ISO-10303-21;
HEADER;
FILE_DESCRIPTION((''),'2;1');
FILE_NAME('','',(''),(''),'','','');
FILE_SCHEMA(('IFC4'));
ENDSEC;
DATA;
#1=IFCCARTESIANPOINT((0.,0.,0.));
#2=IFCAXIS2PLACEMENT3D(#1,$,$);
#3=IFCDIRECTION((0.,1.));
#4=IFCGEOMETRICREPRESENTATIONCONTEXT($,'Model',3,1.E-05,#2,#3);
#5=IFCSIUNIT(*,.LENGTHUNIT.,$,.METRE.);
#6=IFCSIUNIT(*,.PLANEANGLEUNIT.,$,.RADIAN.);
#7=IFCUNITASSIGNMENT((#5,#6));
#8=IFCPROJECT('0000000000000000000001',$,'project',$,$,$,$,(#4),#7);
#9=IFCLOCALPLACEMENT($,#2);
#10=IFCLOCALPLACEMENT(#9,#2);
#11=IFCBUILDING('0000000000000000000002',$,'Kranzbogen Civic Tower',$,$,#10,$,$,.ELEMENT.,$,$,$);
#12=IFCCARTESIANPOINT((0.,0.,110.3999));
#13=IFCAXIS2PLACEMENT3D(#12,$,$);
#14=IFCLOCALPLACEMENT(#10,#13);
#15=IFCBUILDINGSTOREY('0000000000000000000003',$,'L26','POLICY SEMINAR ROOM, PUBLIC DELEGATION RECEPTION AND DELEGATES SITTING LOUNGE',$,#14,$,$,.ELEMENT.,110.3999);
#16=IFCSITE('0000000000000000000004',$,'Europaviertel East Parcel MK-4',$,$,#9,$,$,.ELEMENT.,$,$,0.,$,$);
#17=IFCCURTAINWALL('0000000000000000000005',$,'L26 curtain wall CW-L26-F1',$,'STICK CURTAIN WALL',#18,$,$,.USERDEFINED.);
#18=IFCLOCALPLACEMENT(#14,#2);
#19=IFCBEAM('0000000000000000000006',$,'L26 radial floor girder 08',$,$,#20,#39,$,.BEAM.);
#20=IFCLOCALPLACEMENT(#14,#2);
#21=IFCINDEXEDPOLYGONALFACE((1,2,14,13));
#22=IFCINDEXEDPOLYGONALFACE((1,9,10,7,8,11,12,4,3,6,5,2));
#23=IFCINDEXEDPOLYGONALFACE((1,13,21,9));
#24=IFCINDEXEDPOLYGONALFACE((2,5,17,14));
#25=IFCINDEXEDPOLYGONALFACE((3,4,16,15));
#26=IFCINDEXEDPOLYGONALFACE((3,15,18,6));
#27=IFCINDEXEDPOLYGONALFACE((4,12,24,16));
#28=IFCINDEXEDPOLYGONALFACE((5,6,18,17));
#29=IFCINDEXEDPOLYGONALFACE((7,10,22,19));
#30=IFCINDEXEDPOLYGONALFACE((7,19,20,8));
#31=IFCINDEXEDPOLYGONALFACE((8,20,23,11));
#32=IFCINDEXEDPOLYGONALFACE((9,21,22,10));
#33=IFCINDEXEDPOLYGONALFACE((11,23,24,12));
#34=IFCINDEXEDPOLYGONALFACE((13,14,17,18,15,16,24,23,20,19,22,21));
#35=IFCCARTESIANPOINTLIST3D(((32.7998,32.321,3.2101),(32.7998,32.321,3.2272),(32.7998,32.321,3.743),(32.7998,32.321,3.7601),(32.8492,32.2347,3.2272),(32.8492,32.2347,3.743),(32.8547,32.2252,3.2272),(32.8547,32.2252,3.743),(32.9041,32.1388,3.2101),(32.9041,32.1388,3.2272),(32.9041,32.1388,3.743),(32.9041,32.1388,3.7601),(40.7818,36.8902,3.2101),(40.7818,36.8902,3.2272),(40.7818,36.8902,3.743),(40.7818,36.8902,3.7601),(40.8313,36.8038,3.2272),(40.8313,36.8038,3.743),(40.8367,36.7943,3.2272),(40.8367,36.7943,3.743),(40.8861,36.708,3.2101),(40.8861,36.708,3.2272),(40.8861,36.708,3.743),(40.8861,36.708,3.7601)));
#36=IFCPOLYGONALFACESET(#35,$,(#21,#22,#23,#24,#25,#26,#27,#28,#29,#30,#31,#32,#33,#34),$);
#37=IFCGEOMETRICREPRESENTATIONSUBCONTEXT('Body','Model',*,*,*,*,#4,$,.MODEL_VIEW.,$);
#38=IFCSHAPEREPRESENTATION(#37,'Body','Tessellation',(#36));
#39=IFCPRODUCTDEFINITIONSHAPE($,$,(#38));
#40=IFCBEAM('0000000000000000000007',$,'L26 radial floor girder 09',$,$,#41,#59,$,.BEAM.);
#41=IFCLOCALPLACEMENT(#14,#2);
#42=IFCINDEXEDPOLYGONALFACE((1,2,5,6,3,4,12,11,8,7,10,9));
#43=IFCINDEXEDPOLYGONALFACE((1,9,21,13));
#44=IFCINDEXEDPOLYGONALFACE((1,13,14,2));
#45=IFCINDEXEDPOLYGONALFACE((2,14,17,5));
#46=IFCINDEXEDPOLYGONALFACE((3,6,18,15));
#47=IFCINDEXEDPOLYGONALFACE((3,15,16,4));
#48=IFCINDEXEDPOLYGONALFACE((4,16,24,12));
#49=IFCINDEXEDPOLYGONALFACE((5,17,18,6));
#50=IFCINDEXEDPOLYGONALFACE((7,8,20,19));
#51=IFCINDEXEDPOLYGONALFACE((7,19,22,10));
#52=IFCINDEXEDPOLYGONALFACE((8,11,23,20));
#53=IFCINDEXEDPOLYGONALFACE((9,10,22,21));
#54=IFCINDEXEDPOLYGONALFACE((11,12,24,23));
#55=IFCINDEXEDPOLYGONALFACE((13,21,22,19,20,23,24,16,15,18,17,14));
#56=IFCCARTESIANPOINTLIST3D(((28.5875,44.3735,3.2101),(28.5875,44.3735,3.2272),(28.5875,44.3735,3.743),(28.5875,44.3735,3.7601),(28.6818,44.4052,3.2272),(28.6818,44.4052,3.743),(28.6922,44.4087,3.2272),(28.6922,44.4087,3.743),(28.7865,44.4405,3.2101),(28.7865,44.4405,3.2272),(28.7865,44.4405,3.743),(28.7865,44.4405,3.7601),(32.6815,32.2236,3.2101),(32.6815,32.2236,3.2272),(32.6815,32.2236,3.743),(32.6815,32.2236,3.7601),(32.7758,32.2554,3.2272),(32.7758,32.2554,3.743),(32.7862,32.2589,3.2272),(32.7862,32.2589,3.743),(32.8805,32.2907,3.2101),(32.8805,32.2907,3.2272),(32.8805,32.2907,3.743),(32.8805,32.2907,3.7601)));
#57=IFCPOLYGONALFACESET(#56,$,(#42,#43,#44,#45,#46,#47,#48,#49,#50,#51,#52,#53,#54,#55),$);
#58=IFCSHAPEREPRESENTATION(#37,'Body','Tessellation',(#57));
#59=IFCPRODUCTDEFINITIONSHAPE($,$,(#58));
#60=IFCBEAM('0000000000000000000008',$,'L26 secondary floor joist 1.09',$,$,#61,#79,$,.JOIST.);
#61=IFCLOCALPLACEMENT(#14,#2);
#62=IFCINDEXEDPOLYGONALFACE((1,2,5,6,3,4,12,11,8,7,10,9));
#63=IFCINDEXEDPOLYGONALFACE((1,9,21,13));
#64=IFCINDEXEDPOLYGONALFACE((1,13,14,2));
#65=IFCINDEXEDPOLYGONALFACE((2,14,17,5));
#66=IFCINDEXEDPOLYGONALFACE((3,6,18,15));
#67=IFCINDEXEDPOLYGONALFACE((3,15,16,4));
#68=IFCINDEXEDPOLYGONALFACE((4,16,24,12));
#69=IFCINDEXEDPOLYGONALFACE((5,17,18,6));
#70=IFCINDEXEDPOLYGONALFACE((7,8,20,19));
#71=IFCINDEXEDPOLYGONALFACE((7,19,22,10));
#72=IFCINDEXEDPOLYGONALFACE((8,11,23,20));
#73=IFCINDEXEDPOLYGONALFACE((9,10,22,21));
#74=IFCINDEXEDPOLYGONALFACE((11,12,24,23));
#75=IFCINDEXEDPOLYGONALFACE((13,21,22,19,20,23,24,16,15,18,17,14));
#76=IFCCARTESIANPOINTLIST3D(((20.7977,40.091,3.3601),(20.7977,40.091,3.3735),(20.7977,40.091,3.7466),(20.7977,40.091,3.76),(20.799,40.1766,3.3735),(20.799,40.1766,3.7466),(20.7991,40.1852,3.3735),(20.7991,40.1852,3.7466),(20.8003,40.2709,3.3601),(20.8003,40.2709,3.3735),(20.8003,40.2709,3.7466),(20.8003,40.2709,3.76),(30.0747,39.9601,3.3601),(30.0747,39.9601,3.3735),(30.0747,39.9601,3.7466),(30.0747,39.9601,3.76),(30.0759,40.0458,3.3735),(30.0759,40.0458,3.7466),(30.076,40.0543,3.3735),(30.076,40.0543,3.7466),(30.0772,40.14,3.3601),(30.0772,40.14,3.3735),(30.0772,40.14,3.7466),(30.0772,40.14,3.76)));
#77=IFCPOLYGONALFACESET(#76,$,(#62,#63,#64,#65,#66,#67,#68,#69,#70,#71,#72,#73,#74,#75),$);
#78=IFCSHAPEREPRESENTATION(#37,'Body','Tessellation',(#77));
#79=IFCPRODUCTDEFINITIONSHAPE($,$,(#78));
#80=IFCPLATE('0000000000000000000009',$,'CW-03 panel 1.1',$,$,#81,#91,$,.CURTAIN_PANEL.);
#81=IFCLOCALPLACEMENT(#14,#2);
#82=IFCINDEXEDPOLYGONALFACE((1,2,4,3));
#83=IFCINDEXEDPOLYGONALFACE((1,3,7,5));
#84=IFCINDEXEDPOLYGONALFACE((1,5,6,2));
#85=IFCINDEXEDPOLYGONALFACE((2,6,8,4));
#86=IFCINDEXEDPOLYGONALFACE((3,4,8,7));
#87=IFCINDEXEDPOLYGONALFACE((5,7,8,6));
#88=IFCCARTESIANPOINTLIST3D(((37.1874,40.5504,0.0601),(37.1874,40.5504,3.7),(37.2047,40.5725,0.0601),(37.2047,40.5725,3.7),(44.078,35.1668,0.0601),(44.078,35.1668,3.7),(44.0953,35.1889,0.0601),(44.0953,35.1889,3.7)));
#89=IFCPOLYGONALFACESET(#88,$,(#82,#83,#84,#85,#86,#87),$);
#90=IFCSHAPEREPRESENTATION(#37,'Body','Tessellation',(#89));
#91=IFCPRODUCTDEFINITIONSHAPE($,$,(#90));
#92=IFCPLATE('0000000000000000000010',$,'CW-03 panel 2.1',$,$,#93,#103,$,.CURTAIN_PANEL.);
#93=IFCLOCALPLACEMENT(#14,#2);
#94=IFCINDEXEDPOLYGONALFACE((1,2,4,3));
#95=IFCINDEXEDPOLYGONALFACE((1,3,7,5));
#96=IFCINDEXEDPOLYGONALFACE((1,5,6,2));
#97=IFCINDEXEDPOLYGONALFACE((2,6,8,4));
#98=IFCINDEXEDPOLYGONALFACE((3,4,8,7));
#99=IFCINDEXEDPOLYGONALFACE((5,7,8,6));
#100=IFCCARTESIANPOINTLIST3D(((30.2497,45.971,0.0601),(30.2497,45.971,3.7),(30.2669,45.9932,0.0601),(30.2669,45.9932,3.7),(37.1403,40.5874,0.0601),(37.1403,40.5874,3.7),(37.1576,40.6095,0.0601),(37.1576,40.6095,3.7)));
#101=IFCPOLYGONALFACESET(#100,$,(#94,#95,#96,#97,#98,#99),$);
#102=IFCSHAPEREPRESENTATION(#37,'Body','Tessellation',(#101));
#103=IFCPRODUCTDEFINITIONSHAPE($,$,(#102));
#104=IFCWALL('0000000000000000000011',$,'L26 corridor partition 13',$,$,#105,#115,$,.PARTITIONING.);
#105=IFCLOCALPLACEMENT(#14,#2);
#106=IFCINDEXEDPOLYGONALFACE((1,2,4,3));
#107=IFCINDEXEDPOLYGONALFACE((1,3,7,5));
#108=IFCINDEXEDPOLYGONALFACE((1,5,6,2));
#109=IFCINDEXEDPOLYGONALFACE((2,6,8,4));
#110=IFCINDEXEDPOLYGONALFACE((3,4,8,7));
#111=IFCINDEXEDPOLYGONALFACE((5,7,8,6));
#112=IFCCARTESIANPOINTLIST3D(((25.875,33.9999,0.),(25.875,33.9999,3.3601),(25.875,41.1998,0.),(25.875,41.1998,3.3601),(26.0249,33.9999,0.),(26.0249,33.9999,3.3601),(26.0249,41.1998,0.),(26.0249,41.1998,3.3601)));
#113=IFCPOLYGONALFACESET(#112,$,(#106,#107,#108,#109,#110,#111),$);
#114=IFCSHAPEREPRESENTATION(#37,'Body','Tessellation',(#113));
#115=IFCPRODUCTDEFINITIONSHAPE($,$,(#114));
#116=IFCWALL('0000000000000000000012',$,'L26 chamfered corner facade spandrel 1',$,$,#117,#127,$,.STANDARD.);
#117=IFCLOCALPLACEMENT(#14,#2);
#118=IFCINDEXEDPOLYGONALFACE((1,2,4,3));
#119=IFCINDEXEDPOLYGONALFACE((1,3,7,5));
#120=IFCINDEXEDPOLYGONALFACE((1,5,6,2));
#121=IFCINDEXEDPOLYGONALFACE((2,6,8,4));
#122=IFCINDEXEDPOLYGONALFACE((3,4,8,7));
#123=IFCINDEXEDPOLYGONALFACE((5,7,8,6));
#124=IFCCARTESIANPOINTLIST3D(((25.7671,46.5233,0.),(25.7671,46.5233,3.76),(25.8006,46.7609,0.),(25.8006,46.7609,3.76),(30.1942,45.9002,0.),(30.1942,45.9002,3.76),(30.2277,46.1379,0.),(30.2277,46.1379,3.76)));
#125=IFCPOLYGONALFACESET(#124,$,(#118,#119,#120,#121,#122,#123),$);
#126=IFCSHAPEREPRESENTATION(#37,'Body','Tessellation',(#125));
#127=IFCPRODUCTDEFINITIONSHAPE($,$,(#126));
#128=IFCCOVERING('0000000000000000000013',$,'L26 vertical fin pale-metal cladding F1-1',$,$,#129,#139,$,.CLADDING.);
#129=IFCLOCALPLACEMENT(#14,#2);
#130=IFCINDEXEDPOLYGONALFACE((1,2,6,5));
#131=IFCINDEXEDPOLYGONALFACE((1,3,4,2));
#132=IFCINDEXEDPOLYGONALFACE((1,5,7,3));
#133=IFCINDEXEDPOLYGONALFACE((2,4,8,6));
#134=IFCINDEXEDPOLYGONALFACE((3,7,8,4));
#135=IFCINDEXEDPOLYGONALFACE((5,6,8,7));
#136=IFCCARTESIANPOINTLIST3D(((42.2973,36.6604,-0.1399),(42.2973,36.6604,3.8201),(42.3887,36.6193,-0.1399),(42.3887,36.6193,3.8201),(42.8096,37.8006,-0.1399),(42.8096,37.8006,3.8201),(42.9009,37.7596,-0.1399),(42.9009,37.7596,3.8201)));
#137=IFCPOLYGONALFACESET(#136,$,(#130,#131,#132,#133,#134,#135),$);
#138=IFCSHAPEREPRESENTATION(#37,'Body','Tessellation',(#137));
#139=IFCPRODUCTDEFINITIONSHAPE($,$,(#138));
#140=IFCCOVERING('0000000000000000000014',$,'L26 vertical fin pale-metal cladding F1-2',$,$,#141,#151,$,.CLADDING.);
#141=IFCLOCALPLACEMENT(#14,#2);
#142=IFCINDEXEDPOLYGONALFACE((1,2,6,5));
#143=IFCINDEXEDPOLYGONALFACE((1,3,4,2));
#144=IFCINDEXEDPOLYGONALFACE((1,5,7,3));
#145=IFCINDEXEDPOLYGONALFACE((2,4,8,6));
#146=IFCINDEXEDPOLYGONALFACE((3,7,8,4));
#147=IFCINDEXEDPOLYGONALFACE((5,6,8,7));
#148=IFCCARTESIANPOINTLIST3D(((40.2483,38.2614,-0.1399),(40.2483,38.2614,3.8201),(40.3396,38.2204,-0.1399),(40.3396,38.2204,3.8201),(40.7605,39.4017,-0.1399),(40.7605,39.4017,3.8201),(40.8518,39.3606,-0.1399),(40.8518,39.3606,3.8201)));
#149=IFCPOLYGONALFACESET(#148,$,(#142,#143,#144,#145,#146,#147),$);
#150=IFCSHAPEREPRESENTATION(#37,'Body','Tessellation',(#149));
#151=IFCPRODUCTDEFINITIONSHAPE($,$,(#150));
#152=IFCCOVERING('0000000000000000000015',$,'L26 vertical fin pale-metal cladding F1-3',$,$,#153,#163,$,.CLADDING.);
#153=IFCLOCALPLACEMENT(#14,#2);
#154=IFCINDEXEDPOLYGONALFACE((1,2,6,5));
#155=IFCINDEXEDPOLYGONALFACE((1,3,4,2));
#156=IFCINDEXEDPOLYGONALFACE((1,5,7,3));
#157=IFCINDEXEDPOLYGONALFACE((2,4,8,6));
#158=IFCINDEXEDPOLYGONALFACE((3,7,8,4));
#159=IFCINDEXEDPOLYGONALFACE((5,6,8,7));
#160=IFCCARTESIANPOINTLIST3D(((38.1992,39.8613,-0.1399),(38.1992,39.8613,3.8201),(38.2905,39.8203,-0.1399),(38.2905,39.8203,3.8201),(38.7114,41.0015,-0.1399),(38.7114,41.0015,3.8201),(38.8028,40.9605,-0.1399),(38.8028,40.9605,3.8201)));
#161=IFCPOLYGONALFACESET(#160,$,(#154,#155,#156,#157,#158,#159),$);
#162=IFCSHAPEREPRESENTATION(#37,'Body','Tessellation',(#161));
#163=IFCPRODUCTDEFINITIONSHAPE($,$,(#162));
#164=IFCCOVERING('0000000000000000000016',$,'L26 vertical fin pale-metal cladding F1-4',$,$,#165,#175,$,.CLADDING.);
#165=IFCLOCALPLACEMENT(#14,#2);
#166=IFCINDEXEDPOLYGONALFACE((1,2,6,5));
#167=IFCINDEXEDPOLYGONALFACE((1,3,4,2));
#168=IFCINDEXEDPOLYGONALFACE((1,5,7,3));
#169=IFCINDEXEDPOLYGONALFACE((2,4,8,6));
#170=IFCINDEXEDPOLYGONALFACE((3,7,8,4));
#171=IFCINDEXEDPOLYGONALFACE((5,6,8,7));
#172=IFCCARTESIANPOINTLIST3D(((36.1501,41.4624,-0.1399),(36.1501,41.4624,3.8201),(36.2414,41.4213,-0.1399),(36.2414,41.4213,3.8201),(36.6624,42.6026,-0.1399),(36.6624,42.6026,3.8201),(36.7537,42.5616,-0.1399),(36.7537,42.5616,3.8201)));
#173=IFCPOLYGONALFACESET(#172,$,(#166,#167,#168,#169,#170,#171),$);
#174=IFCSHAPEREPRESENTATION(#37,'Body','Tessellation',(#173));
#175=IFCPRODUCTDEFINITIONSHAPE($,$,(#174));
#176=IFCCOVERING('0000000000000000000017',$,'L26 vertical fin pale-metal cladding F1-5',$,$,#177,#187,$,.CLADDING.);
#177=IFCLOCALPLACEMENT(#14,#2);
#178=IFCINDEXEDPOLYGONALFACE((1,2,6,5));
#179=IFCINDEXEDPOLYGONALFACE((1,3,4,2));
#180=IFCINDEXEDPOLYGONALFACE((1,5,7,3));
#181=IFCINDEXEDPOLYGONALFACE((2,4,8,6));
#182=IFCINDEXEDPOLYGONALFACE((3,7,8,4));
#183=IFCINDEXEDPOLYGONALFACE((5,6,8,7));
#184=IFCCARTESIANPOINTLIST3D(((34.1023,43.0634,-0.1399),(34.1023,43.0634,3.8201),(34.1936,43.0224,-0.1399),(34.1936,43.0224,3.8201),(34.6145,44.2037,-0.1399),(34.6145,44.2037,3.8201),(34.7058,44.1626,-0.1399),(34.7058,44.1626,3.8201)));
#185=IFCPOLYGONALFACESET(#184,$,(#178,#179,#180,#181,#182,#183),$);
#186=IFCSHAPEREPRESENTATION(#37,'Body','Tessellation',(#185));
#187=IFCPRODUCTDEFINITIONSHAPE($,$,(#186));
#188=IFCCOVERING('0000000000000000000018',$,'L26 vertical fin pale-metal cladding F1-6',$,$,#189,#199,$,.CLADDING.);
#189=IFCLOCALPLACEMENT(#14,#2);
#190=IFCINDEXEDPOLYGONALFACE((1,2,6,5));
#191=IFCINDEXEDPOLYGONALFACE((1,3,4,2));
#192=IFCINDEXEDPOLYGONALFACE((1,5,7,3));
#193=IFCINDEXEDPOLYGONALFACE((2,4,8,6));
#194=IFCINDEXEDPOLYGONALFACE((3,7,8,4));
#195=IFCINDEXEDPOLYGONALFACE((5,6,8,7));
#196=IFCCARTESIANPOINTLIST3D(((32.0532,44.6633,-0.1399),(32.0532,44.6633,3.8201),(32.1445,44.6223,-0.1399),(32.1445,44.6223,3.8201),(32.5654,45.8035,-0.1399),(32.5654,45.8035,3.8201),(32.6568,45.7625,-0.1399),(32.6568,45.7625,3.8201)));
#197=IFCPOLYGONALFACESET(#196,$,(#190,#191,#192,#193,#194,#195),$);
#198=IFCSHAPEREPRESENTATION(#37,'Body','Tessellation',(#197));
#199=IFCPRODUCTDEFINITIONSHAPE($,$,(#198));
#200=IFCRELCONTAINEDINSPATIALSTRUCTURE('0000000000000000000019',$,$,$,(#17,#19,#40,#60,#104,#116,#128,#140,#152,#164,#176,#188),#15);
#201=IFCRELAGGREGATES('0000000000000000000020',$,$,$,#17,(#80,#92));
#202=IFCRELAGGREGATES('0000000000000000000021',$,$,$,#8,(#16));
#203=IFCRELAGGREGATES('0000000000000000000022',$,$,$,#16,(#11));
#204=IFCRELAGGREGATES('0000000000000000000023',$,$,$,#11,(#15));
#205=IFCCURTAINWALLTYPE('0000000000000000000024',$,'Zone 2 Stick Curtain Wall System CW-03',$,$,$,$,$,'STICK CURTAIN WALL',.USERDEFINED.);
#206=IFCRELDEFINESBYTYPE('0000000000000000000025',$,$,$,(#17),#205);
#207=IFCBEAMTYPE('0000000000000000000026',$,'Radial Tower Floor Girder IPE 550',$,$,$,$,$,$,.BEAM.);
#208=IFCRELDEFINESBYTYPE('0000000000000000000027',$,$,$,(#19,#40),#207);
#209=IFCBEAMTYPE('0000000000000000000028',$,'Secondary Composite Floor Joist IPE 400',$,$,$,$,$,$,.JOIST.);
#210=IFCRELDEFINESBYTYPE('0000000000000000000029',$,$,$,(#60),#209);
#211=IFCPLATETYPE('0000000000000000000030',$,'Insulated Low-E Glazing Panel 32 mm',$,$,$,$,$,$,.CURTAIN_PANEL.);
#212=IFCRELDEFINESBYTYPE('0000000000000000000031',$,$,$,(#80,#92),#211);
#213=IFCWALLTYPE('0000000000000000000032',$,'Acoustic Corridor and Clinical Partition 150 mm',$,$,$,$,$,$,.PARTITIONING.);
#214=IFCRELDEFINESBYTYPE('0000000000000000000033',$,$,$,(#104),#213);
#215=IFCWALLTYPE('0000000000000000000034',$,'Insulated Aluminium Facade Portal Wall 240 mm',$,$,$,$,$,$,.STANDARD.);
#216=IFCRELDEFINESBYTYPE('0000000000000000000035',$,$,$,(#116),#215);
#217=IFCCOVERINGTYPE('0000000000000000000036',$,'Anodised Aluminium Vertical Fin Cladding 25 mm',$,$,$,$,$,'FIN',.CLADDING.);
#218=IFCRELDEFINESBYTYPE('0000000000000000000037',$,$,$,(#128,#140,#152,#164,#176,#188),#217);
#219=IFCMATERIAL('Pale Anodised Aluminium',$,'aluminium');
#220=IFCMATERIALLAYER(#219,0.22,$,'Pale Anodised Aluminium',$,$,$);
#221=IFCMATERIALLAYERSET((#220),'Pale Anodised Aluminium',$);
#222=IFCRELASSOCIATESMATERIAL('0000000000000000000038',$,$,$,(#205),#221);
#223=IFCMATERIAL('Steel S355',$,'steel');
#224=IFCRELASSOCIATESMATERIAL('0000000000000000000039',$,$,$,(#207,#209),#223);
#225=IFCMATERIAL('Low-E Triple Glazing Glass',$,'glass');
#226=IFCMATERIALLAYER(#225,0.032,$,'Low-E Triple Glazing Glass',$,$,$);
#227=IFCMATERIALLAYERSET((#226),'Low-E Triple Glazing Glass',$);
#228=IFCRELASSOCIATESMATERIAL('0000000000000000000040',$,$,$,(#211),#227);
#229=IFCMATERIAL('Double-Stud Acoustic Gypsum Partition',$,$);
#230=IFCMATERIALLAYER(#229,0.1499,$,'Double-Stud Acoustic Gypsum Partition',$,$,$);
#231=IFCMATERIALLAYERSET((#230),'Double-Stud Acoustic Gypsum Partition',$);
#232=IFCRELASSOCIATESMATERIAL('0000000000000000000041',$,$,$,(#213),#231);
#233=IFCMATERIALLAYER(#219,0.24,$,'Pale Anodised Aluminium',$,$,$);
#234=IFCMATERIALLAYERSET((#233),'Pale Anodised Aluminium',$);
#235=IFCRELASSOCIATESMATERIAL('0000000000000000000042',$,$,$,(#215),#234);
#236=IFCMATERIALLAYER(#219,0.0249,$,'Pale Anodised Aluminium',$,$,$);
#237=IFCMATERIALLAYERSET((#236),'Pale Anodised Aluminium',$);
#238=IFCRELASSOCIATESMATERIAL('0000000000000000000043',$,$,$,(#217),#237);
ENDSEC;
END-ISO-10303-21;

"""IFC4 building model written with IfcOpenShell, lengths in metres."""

from ifc_helpers import new_model, si_unit, direction, frame, frame_2d, origin, origin_2d, place, context, subcontext, project, spatial, rectangle, i_section, extrude, material, layer, layer_set, material_profile, profile_set, type_object, element, aggregate, save


model = new_model("IFC4")

# Units and contexts
model_context = context("Model", 3, precision=1e-05, world=origin(), true_north=direction((0.0, 1.0)))
body_context = subcontext(model_context, "Body", "Model", "MODEL_VIEW")
ifc_project = project(units=[si_unit("LENGTHUNIT", "METRE"), si_unit("PLANEANGLEUNIT", "RADIAN")], contexts=[model_context])

# Site, building, storey
site_placement = place(None, origin())
site = spatial("IfcSite", under=ifc_project, at=site_placement, Name="Europaviertel East Parcel MK-4", CompositionType="ELEMENT", RefElevation=0.0)
building_placement = place(site_placement, origin())
building = spatial("IfcBuilding", under=site, at=building_placement, Name="Kranzbogen Civic Tower", CompositionType="ELEMENT")
storey_placement = place(building_placement, frame((0.0, 0.0, 110.3999)))
storey = spatial("IfcBuildingStorey", under=building, at=storey_placement, Name="L26", Description="POLICY SEMINAR ROOM, PUBLIC DELEGATION RECEPTION AND DELEGATES SITTING LOUNGE", CompositionType="ELEMENT", Elevation=110.3999)

# Curtain wall
ifc_material_1 = material(Name="Pale Anodised Aluminium", Category="aluminium")
ifc_layer_1 = layer(ifc_material_1, 0.22, Name="Pale Anodised Aluminium")
ifc_layer_set_1 = layer_set([ifc_layer_1], Name="Pale Anodised Aluminium")
curtain_wall_type = type_object("IfcCurtainWallType", Name="Zone 2 Stick Curtain Wall System CW-03", ElementType="STICK CURTAIN WALL", PredefinedType="USERDEFINED", material=ifc_layer_set_1)
curtain_wall_1_placement = place(storey_placement, origin())
curtain_wall_1 = element("IfcCurtainWall", 1, at=curtain_wall_1_placement, inside=storey, type_object=curtain_wall_type, Name="L26 curtain wall CW-L26-F1", ObjectType="STICK CURTAIN WALL", PredefinedType="USERDEFINED")

# Beams
ifc_material_2 = material(Name="Steel S355", Category="steel")
ifc_material_profile_1 = material_profile(ifc_material_2, i_section(OverallWidth=0.21, OverallDepth=0.55, WebThickness=0.011, FlangeThickness=0.0171, at=origin_2d()), Name="IPE 550")
ifc_profile_set_1 = profile_set([ifc_material_profile_1], Name="Steel S355")
beam_type_1 = type_object("IfcBeamType", Name="Radial Tower Floor Girder IPE 550", PredefinedType="BEAM", material=ifc_profile_set_1)
beam_1_placement = place(storey_placement, frame((40.834, 36.7991, 3.4851), z_axis=(-0.867869, -0.496793, 0.0), x_axis=(0.496793, -0.867869, 0.0)))
element("IfcBeam", 2, at=beam_1_placement, inside=storey, type_object=beam_type_1, Name="L26 radial floor girder 08", PredefinedType="BEAM", context=body_context, shape_type="SweptSolid", body=[
    extrude(i_section(OverallWidth=0.21, OverallDepth=0.55, WebThickness=0.011, FlangeThickness=0.0171, at=origin_2d()), origin(), (0.0, 0.0, 1.0), 9.1973),
])
beam_2_placement = place(storey_placement, frame((28.687, 44.407, 3.4851), z_axis=(0.319317, -0.947648, 0.0), x_axis=(0.947648, 0.319317, 0.0)))
element("IfcBeam", 3, at=beam_2_placement, inside=storey, type_object=beam_type_1, Name="L26 radial floor girder 09", PredefinedType="BEAM", context=body_context, shape_type="SweptSolid", body=[
    extrude(i_section(OverallWidth=0.21, OverallDepth=0.55, WebThickness=0.011, FlangeThickness=0.0171, at=origin_2d()), origin(), (0.0, 0.0, 1.0), 12.821),
])
ifc_material_profile_2 = material_profile(ifc_material_2, i_section(OverallWidth=0.1799, OverallDepth=0.3999, WebThickness=0.0085, FlangeThickness=0.0134, at=origin_2d()), Name="IPE 400")
ifc_profile_set_2 = profile_set([ifc_material_profile_2], Name="Steel S355")
beam_type_2 = type_object("IfcBeamType", Name="Secondary Composite Floor Joist IPE 400", PredefinedType="JOIST", material=ifc_profile_set_2)
beam_3_placement = place(storey_placement, frame((30.0759, 40.05, 3.5601), z_axis=(-0.999901, 0.014105, 0.0), x_axis=(-0.014105, -0.999901, 0.0)))
element("IfcBeam", 4, at=beam_3_placement, inside=storey, type_object=beam_type_2, Name="L26 secondary floor joist 1.09", PredefinedType="JOIST", context=body_context, shape_type="SweptSolid", body=[
    extrude(i_section(OverallWidth=0.1799, OverallDepth=0.3999, WebThickness=0.0085, FlangeThickness=0.0134, at=origin_2d()), origin(), (0.0, 0.0, 1.0), 9.2778),
])

# Plates
ifc_material_3 = material(Name="Low-E Triple Glazing Glass", Category="glass")
ifc_layer_2 = layer(ifc_material_3, 0.032, Name="Low-E Triple Glazing Glass")
ifc_layer_set_2 = layer_set([ifc_layer_2], Name="Low-E Triple Glazing Glass")
plate_type = type_object("IfcPlateType", Name="Insulated Low-E Glazing Panel 32 mm", PredefinedType="CURTAIN_PANEL", material=ifc_layer_set_2)
plate_1_placement = place(storey_placement, frame((40.6414, 37.8696, 0.0601), z_axis=(0.0, 0.0, 1.0), x_axis=(-0.788006, 0.615667, 0.0)))
plate_1 = element("IfcPlate", 5, at=plate_1_placement, type_object=plate_type, Name="CW-03 panel 1.1", PredefinedType="CURTAIN_PANEL", context=body_context, shape_type="SweptSolid", body=[
    extrude(rectangle(XDim=8.7444, YDim=0.0281, at=origin_2d()), origin(), (0.0, 0.0, 1.0), 3.6399),
])
plate_2_placement = place(storey_placement, frame((33.7036, 43.2903, 0.0601), z_axis=(0.0, 0.0, 1.0), x_axis=(-0.788006, 0.615667, 0.0)))
plate_2 = element("IfcPlate", 6, at=plate_2_placement, type_object=plate_type, Name="CW-03 panel 2.1", PredefinedType="CURTAIN_PANEL", context=body_context, shape_type="SweptSolid", body=[
    extrude(rectangle(XDim=8.7444, YDim=0.0281, at=origin_2d()), origin(), (0.0, 0.0, 1.0), 3.6399),
])
aggregate(curtain_wall_1, [plate_1, plate_2])

# Walls
ifc_material_4 = material(Name="Double-Stud Acoustic Gypsum Partition")
ifc_layer_3 = layer(ifc_material_4, 0.1499, Name="Double-Stud Acoustic Gypsum Partition")
ifc_layer_set_3 = layer_set([ifc_layer_3], Name="Double-Stud Acoustic Gypsum Partition")
wall_type_1 = type_object("IfcWallType", Name="Acoustic Corridor and Clinical Partition 150 mm", PredefinedType="PARTITIONING", material=ifc_layer_set_3)
wall_1_placement = place(storey_placement, frame((25.95, 41.2, 0.0), z_axis=(0.0, 0.0, 1.0), x_axis=(0.0, -1.0, 0.0)))
element("IfcWall", 7, at=wall_1_placement, inside=storey, type_object=wall_type_1, Name="L26 corridor partition 13", PredefinedType="PARTITIONING", context=body_context, shape_type="SweptSolid", body=[
    extrude(rectangle(XDim=7.2, YDim=0.1499, at=frame_2d((3.6001, 0.0))), origin(), (0.0, 0.0, 1.0), 3.3601),
])
ifc_layer_4 = layer(ifc_material_1, 0.24, Name="Pale Anodised Aluminium")
ifc_layer_set_4 = layer_set([ifc_layer_4], Name="Pale Anodised Aluminium")
wall_type_2 = type_object("IfcWallType", Name="Insulated Aluminium Facade Portal Wall 240 mm", PredefinedType="STANDARD", material=ifc_layer_set_4)
wall_2_placement = place(storey_placement, frame((30.2109, 46.019, 0.0), z_axis=(0.0, 0.0, 1.0), x_axis=(-0.990241, 0.139364, 0.0)))
element("IfcWall", 8, at=wall_2_placement, inside=storey, type_object=wall_type_2, Name="L26 chamfered corner facade spandrel 1", PredefinedType="STANDARD", context=body_context, shape_type="SweptSolid", body=[
    extrude(rectangle(XDim=4.4707, YDim=0.24, at=frame_2d((2.2354, 0.0))), origin(), (0.0, 0.0, 1.0), 3.76),
])

# Coverings
ifc_layer_5 = layer(ifc_material_1, 0.0249, Name="Pale Anodised Aluminium")
ifc_layer_set_5 = layer_set([ifc_layer_5], Name="Pale Anodised Aluminium")
covering_type = type_object("IfcCoveringType", Name="Anodised Aluminium Vertical Fin Cladding 25 mm", ElementType="FIN", PredefinedType="CLADDING", material=ifc_layer_set_5)
for number, where, z_axis, x_axis, name in (
    (9, (42.5991, 37.21, -0.1399), (0.0, 0.0, 1.0), (0.409796, 0.912177, 0.0), "L26 vertical fin pale-metal cladding F1-1"),
    (10, (40.55, 38.811, -0.1399), (0.0, 0.0, 1.0), (0.409796, 0.912177, 0.0), "L26 vertical fin pale-metal cladding F1-2"),
    (11, (38.501, 40.4109, -0.1399), (0.0, 0.0, 1.0), (0.409796, 0.912177, 0.0), "L26 vertical fin pale-metal cladding F1-3"),
    (12, (36.4519, 42.012, -0.1399), (0.0, 0.0, 1.0), (0.409796, 0.912177, 0.0), "L26 vertical fin pale-metal cladding F1-4"),
    (13, (34.4041, 43.613, -0.1399), (0.0, 0.0, 1.0), (0.409796, 0.912177, 0.0), "L26 vertical fin pale-metal cladding F1-5"),
    (14, (32.355, 45.2129, -0.1399), (0.0, 0.0, 1.0), (0.409796, 0.912177, 0.0), "L26 vertical fin pale-metal cladding F1-6"),
):
    element("IfcCovering", number, at=place(storey_placement, frame(where, z_axis=z_axis, x_axis=x_axis)), inside=storey, type_object=covering_type, Name=name, PredefinedType="CLADDING", context=body_context, shape_type="SweptSolid", body=[
        extrude(rectangle(XDim=1.25, YDim=0.1001, at=origin_2d()), origin(), (0.0, 0.0, 1.0), 3.96),
    ])

save(model, "model.ifc")
